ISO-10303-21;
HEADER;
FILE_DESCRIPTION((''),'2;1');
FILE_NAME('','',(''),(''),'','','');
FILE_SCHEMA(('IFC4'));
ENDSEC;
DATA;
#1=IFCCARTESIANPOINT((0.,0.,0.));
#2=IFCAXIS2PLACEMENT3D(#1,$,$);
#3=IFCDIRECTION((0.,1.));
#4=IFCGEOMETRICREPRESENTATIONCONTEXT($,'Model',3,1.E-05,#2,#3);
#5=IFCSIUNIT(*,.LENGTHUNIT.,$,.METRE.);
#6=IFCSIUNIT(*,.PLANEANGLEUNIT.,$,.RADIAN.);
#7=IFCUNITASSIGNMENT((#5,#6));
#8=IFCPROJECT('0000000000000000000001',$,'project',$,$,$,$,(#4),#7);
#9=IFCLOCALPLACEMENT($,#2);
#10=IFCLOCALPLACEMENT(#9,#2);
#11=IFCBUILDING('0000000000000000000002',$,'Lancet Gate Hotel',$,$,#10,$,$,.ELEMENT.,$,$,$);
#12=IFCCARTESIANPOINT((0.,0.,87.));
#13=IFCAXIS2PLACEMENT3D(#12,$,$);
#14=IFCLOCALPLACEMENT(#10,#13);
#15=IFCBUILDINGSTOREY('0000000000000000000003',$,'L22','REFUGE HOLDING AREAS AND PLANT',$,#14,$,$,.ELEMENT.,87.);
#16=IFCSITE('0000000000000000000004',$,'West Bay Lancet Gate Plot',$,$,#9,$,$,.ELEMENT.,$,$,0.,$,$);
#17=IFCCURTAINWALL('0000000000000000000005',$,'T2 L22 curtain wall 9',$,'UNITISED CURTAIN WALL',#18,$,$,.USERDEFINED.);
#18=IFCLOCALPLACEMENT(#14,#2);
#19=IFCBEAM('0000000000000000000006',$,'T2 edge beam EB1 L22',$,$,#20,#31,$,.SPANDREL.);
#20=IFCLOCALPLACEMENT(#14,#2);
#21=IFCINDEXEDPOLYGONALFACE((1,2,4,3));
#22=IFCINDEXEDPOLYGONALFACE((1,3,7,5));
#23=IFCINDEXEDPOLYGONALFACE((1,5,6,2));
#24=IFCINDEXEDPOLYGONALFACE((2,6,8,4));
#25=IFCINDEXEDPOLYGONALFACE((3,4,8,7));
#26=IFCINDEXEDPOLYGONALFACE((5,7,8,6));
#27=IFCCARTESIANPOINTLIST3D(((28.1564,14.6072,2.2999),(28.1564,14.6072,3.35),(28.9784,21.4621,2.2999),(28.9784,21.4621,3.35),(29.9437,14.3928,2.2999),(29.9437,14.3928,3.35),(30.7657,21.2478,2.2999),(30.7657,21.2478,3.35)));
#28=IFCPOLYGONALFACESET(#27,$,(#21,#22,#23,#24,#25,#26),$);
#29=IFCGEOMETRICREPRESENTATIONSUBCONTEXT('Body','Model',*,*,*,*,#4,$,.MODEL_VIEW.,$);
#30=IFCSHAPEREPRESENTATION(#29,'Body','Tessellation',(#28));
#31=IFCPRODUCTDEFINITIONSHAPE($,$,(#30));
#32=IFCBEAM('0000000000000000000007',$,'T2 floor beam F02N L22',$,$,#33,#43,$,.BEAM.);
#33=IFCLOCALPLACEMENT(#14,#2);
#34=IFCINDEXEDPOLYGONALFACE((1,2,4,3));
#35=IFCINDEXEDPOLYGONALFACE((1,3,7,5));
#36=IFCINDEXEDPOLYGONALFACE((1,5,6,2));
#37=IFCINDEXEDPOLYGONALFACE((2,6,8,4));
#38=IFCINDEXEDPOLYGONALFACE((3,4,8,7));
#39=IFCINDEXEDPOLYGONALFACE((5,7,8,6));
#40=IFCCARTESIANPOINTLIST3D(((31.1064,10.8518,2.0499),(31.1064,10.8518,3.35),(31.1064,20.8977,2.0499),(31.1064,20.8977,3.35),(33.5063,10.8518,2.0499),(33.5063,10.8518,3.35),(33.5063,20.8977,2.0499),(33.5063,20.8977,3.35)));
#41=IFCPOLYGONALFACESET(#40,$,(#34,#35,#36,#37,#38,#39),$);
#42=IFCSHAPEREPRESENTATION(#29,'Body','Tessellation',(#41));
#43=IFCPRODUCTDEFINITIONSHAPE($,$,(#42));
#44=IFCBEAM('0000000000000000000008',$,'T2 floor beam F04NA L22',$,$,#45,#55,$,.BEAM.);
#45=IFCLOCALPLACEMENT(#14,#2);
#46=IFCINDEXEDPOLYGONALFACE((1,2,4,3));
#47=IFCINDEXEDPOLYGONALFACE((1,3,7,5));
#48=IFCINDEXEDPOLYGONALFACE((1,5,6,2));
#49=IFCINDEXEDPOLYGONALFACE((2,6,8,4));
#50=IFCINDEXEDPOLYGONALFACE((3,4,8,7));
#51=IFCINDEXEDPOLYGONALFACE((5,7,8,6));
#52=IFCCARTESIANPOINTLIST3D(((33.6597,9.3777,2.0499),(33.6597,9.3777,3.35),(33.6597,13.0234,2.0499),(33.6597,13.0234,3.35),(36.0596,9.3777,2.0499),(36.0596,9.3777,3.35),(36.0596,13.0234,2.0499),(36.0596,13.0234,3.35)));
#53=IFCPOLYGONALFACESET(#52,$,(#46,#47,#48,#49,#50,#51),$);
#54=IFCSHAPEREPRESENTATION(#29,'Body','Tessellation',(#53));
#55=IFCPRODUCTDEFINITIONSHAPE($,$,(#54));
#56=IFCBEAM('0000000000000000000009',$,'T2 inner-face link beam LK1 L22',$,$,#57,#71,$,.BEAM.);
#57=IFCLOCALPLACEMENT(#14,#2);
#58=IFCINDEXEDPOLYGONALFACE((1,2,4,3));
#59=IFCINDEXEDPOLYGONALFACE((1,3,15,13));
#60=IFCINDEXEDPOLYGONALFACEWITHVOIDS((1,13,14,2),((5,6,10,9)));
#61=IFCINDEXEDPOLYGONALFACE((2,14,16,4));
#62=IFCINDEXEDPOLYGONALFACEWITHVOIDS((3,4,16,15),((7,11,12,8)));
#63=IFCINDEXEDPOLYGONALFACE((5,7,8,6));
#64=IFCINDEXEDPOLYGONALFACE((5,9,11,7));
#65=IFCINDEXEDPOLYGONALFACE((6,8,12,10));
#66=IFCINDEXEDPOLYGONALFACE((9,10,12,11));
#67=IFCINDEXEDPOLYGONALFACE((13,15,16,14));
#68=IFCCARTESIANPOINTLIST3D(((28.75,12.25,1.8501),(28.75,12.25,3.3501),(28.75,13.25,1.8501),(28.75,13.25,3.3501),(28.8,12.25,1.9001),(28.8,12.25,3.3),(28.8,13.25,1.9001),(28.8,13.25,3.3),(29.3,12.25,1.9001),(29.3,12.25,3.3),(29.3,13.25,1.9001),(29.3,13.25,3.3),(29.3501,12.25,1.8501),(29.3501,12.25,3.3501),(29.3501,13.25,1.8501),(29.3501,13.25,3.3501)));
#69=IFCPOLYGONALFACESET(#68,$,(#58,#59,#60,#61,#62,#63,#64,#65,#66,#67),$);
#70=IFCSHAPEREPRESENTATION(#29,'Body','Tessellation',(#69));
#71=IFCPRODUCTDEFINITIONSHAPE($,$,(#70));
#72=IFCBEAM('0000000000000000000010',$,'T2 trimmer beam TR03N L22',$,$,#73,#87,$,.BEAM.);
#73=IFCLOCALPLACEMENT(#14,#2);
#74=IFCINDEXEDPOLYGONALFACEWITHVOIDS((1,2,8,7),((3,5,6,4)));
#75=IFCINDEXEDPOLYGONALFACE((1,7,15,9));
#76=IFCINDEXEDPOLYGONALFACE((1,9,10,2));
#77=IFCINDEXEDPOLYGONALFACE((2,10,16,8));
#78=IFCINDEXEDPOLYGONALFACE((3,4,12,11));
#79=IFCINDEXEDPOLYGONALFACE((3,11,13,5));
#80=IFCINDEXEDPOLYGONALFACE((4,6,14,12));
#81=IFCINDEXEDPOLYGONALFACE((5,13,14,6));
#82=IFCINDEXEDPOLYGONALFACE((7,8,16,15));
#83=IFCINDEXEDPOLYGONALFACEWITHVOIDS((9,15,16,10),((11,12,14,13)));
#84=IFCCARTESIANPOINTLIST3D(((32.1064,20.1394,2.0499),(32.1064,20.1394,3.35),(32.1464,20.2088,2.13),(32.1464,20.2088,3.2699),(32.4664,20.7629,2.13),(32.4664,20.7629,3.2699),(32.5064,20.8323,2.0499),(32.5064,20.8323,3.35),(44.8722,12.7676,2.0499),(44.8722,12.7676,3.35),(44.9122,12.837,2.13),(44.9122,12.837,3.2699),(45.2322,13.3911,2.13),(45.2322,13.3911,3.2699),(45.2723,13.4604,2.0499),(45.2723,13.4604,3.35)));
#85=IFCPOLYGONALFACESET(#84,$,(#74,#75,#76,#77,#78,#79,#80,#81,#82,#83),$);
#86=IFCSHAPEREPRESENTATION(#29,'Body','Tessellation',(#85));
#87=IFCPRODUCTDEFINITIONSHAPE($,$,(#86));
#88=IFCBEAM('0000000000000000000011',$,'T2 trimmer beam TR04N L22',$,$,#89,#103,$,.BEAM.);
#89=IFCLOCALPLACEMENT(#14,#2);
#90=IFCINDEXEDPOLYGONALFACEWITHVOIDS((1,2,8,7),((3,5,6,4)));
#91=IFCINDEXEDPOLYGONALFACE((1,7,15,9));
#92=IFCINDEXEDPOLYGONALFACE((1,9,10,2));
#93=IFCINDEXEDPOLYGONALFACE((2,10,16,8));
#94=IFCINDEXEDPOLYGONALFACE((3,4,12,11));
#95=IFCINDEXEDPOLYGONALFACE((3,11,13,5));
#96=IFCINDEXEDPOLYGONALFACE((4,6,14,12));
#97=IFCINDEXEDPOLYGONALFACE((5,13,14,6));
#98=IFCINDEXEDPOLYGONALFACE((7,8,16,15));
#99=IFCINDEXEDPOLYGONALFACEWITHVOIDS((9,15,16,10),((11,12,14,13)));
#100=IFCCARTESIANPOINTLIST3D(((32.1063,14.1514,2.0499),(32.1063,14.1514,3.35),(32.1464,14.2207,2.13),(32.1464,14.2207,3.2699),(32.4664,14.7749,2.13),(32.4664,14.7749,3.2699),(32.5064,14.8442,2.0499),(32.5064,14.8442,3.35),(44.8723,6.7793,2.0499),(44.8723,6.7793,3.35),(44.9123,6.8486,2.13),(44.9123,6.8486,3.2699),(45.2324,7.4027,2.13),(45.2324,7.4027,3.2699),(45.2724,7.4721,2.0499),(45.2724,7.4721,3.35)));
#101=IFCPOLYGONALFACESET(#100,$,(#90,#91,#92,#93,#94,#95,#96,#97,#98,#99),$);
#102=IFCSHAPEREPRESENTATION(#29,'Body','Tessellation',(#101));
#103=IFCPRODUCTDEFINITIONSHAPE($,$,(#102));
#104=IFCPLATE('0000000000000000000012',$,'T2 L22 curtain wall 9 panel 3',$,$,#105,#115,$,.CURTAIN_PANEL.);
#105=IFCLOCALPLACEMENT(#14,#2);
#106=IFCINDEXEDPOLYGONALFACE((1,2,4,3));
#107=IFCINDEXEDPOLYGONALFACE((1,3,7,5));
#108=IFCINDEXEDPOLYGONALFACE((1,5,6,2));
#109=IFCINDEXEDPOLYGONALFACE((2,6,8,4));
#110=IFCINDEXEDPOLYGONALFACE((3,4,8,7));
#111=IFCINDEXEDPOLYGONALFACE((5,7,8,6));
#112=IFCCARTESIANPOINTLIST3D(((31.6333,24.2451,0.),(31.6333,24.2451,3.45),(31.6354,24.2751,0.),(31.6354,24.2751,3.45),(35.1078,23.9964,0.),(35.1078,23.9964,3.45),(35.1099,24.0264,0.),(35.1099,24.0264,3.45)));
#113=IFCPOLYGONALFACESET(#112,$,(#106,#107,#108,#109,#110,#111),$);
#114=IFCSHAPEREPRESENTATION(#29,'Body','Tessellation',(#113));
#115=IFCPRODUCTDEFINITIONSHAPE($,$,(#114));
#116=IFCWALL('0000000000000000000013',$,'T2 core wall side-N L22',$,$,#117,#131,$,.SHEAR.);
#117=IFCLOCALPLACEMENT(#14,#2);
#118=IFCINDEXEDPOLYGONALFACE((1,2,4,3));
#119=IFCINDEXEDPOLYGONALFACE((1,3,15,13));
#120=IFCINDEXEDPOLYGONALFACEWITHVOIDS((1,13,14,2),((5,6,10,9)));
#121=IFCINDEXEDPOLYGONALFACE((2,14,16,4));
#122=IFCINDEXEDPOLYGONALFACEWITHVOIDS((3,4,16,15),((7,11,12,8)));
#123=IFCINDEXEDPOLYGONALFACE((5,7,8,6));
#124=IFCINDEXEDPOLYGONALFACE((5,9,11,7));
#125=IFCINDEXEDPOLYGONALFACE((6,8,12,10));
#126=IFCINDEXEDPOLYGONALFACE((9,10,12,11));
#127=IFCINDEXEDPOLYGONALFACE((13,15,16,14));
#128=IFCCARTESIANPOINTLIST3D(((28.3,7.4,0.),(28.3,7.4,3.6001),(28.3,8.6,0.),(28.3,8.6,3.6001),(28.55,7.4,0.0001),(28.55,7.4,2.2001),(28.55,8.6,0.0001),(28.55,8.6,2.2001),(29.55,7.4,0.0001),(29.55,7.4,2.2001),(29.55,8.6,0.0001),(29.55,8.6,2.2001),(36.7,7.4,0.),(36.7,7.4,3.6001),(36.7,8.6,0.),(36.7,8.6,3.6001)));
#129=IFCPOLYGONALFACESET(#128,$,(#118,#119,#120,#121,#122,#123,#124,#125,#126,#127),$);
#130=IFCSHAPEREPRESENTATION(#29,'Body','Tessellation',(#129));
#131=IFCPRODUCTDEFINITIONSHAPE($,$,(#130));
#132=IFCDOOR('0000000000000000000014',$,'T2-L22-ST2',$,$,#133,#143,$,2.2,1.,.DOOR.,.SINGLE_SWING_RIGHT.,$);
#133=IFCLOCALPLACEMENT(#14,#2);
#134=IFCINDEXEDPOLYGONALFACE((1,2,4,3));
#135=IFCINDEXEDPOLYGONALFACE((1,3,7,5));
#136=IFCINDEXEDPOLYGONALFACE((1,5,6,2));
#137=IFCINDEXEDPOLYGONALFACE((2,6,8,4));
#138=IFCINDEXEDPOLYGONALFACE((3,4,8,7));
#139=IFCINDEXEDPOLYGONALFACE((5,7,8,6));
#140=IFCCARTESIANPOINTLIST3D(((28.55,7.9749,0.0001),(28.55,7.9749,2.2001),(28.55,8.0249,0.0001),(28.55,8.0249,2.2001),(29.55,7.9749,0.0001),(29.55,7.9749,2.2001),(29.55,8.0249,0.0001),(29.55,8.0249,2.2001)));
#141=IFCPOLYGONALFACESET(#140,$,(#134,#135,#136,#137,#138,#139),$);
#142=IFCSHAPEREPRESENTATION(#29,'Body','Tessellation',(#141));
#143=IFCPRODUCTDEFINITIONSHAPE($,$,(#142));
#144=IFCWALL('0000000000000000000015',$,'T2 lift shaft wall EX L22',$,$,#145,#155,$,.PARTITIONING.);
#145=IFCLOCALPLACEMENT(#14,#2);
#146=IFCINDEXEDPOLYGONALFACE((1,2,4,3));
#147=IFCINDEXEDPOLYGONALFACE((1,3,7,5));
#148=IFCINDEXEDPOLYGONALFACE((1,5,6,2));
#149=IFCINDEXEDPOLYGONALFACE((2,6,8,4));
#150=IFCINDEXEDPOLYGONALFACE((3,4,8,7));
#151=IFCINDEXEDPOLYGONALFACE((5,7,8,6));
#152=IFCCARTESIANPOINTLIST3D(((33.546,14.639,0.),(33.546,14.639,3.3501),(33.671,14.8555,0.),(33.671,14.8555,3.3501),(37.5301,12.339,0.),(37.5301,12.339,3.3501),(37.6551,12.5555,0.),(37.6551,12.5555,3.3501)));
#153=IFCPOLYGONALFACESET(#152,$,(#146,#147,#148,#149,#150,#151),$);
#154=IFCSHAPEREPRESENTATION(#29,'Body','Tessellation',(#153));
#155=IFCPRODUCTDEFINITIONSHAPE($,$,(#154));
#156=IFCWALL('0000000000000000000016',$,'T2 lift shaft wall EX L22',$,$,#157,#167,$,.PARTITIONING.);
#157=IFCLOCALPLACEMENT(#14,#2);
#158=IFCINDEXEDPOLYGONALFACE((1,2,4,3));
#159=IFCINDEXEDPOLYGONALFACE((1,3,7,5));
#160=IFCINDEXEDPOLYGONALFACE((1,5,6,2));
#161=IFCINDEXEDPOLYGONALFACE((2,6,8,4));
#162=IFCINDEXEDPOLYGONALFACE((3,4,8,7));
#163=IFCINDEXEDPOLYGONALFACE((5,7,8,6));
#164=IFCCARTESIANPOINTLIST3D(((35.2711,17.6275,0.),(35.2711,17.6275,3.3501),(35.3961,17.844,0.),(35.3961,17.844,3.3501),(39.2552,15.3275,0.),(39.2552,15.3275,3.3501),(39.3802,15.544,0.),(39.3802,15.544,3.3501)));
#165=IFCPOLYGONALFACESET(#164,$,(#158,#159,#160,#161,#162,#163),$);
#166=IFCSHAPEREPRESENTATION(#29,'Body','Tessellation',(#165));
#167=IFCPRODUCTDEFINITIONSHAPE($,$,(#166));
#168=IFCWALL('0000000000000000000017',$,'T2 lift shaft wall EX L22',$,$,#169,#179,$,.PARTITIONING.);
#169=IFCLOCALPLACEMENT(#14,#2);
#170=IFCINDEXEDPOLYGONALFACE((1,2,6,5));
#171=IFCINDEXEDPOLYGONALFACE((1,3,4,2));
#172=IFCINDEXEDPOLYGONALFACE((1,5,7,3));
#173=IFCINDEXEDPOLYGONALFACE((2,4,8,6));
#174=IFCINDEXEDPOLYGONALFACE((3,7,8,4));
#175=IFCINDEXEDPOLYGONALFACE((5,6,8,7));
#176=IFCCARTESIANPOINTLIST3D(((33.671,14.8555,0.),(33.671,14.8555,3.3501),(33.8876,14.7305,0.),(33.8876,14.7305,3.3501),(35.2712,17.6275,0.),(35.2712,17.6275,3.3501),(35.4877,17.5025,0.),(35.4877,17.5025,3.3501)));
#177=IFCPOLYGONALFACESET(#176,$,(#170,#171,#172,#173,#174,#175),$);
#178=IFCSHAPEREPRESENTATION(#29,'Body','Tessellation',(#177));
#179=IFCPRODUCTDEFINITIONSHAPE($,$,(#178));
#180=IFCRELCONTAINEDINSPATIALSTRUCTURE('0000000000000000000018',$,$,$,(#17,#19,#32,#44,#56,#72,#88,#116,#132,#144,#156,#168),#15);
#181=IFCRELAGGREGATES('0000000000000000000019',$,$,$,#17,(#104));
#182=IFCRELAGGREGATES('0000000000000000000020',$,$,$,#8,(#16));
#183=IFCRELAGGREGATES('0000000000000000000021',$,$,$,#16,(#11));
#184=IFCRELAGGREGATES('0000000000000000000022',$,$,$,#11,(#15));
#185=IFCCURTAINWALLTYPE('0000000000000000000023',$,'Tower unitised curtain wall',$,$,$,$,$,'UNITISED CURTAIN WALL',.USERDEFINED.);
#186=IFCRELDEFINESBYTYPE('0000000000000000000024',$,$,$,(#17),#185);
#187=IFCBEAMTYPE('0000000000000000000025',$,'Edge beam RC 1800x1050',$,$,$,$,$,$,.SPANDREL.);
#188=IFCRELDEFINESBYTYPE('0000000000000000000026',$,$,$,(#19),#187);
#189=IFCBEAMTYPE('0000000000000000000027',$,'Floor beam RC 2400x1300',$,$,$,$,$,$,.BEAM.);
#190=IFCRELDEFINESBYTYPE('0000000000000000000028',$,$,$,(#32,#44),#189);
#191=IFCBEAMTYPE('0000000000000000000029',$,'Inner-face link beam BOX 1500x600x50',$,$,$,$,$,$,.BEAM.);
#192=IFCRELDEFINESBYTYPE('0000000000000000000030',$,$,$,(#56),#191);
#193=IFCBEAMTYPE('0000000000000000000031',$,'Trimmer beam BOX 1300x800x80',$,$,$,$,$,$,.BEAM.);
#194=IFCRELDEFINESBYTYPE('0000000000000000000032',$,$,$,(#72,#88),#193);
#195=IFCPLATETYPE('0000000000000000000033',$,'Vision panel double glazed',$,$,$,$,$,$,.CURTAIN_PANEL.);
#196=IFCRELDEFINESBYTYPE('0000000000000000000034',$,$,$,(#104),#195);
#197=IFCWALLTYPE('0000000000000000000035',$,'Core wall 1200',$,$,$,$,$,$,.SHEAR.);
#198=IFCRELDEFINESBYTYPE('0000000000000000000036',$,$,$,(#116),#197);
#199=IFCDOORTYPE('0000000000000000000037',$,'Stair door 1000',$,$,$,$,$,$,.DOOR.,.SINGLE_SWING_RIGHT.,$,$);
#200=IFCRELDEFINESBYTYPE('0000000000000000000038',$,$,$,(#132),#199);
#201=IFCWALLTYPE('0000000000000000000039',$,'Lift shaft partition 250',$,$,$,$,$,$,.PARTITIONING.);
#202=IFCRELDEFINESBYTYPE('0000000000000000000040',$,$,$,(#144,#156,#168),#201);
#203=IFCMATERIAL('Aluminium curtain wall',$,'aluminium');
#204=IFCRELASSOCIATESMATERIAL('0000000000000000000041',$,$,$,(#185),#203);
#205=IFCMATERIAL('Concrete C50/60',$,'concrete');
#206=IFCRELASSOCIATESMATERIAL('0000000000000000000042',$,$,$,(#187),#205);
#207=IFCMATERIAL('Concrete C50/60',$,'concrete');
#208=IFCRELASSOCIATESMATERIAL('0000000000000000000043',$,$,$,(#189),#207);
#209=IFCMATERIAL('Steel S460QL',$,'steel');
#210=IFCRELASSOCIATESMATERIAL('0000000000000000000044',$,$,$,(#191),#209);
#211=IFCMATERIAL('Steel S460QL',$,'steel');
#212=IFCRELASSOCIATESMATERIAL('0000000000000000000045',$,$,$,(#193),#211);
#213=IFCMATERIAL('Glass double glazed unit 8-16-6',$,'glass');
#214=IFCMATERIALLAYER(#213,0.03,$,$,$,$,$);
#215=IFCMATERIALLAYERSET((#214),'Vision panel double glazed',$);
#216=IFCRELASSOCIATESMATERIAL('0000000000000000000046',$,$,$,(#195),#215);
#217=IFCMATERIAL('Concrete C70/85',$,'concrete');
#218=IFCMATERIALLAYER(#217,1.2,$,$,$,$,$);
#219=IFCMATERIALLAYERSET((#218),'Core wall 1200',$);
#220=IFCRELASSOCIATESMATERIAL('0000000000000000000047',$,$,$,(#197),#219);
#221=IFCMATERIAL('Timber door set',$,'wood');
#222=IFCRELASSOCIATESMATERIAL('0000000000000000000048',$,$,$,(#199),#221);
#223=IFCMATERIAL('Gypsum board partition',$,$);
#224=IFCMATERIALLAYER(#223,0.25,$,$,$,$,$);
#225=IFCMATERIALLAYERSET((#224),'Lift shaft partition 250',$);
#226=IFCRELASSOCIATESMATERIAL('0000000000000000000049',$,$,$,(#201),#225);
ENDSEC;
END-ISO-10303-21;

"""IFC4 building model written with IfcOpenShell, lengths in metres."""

from ifc_helpers import new_model, si_unit, direction, frame, frame_2d, origin, origin_2d, place, context, subcontext, project, spatial, rectangle, hollow_rectangle, extrude, material, layer, layer_set, material_profile, profile_set, type_object, element, fill, aggregate, save


model = new_model("IFC4")

# Units and contexts
model_context = context("Model", 3, precision=1e-05, world=origin(), true_north=direction((0.0, 1.0)))
body_context = subcontext(model_context, "Body", "Model", "MODEL_VIEW")
ifc_project = project(units=[si_unit("LENGTHUNIT", "METRE"), si_unit("PLANEANGLEUNIT", "RADIAN")], contexts=[model_context])

# Site, building, storey
site_placement = place(None, origin())
site = spatial("IfcSite", under=ifc_project, at=site_placement, Name="West Bay Lancet Gate Plot", CompositionType="ELEMENT", RefElevation=0.0)
building_placement = place(site_placement, origin())
building = spatial("IfcBuilding", under=site, at=building_placement, Name="Lancet Gate Hotel", CompositionType="ELEMENT")
storey_placement = place(building_placement, frame((0.0, 0.0, 87.0)))
storey = spatial("IfcBuildingStorey", under=building, at=storey_placement, Name="L22", Description="REFUGE HOLDING AREAS AND PLANT", CompositionType="ELEMENT", Elevation=87.0)

# Curtain wall
ifc_material_1 = material(Name="Aluminium curtain wall", Category="aluminium")
curtain_wall_type = type_object("IfcCurtainWallType", Name="Tower unitised curtain wall", ElementType="UNITISED CURTAIN WALL", PredefinedType="USERDEFINED", material=ifc_material_1)
curtain_wall_1_placement = place(storey_placement, origin())
curtain_wall_1 = element("IfcCurtainWall", 1, at=curtain_wall_1_placement, inside=storey, type_object=curtain_wall_type, Name="T2 L22 curtain wall 9", ObjectType="UNITISED CURTAIN WALL", PredefinedType="USERDEFINED")

# Beams
ifc_material_2 = material(Name="Concrete C50/60", Category="concrete")
ifc_material_profile_1 = material_profile(ifc_material_2, rectangle(XDim=1.8, YDim=1.05, at=origin_2d()), Name="RC 1800x1050")
ifc_profile_set_1 = profile_set([ifc_material_profile_1], Name="Concrete C50/60")
beam_type_1 = type_object("IfcBeamType", Name="Edge beam RC 1800x1050", PredefinedType="SPANDREL", material=ifc_profile_set_1)
beam_1_placement = place(storey_placement, frame((29.05, 14.5, 2.825), z_axis=(0.119063, 0.992887, 0.0), x_axis=(-0.992887, 0.119063, 0.0)))
element("IfcBeam", 2, at=beam_1_placement, inside=storey, type_object=beam_type_1, Name="T2 edge beam EB1 L22", PredefinedType="SPANDREL", context=body_context, shape_type="SweptSolid", body=[
    extrude(rectangle(XDim=1.8, YDim=1.05, at=origin_2d()), origin(), (0.0, 0.0, 1.0), 6.9041),
])
ifc_material_3 = material(Name="Concrete C50/60", Category="concrete")
ifc_material_profile_2 = material_profile(ifc_material_3, rectangle(XDim=2.3999, YDim=1.3, at=origin_2d()), Name="RC 2400x1300")
ifc_profile_set_2 = profile_set([ifc_material_profile_2], Name="Concrete C50/60")
beam_type_2 = type_object("IfcBeamType", Name="Floor beam RC 2400x1300", PredefinedType="BEAM", material=ifc_profile_set_2)
beam_2_placement = place(storey_placement, frame((32.3064, 10.8518, 2.7), z_axis=(0.0, 1.0, 0.0), x_axis=(-1.0, 0.0, 0.0)))
element("IfcBeam", 3, at=beam_2_placement, inside=storey, type_object=beam_type_2, Name="T2 floor beam F02N L22", PredefinedType="BEAM", context=body_context, shape_type="SweptSolid", body=[
    extrude(rectangle(XDim=2.3999, YDim=1.3, at=origin_2d()), origin(), (0.0, 0.0, 1.0), 10.0459),
])
beam_3_placement = place(storey_placement, frame((34.8596, 9.3777, 2.7), z_axis=(0.0, 1.0, 0.0), x_axis=(-1.0, 0.0, 0.0)))
element("IfcBeam", 4, at=beam_3_placement, inside=storey, type_object=beam_type_2, Name="T2 floor beam F04NA L22", PredefinedType="BEAM", context=body_context, shape_type="SweptSolid", body=[
    extrude(rectangle(XDim=2.3999, YDim=1.3, at=origin_2d()), origin(), (0.0, 0.0, 1.0), 3.6458),
])
ifc_material_4 = material(Name="Steel S460QL", Category="steel")
ifc_material_profile_3 = material_profile(ifc_material_4, hollow_rectangle(XDim=0.6001, YDim=1.5, WallThickness=0.05, at=origin_2d()), Name="BOX 1500x600x50")
ifc_profile_set_3 = profile_set([ifc_material_profile_3], Name="Steel S460QL")
beam_type_3 = type_object("IfcBeamType", Name="Inner-face link beam BOX 1500x600x50", PredefinedType="BEAM", material=ifc_profile_set_3)
beam_4_placement = place(storey_placement, frame((29.05, 12.25, 2.6001), z_axis=(0.0, 1.0, 0.0), x_axis=(-1.0, 0.0, 0.0)))
element("IfcBeam", 5, at=beam_4_placement, inside=storey, type_object=beam_type_3, Name="T2 inner-face link beam LK1 L22", PredefinedType="BEAM", context=body_context, shape_type="SweptSolid", body=[
    extrude(hollow_rectangle(XDim=0.6001, YDim=1.5, WallThickness=0.05, at=origin_2d()), origin(), (0.0, 0.0, 1.0), 1.0),
])
ifc_material_5 = material(Name="Steel S460QL", Category="steel")
ifc_material_profile_4 = material_profile(ifc_material_5, hollow_rectangle(XDim=0.8, YDim=1.3, WallThickness=0.0801, at=origin_2d()), Name="BOX 1300x800x80")
ifc_profile_set_4 = profile_set([ifc_material_profile_4], Name="Steel S460QL")
beam_type_4 = type_object("IfcBeamType", Name="Trimmer beam BOX 1300x800x80", PredefinedType="BEAM", material=ifc_profile_set_4)
beam_5_placement = place(storey_placement, frame((32.3064, 20.4858, 2.7), z_axis=(0.865983, -0.500074, 0.0), x_axis=(0.500074, 0.865983, 0.0)))
element("IfcBeam", 6, at=beam_5_placement, inside=storey, type_object=beam_type_4, Name="T2 trimmer beam TR03N L22", PredefinedType="BEAM", context=body_context, shape_type="SweptSolid", body=[
    extrude(hollow_rectangle(XDim=0.8, YDim=1.3, WallThickness=0.0801, at=origin_2d()), origin(), (0.0, 0.0, 1.0), 14.7415),
])
beam_6_placement = place(storey_placement, frame((32.3064, 14.4978, 2.7), z_axis=(0.865976, -0.500086, 0.0), x_axis=(0.500086, 0.865976, 0.0)))
element("IfcBeam", 7, at=beam_6_placement, inside=storey, type_object=beam_type_4, Name="T2 trimmer beam TR04N L22", PredefinedType="BEAM", context=body_context, shape_type="SweptSolid", body=[
    extrude(hollow_rectangle(XDim=0.8, YDim=1.3, WallThickness=0.0801, at=origin_2d()), origin(), (0.0, 0.0, 1.0), 14.7417),
])

# Plate
ifc_material_6 = material(Name="Glass double glazed unit 8-16-6", Category="glass")
ifc_layer_1 = layer(ifc_material_6, 0.03)
ifc_layer_set_1 = layer_set([ifc_layer_1], Name="Vision panel double glazed")
plate_type = type_object("IfcPlateType", Name="Vision panel double glazed", PredefinedType="CURTAIN_PANEL", material=ifc_layer_set_1)
plate_placement = place(storey_placement, frame((33.3716, 24.1357, 0.0), z_axis=(0.0, 0.0, 1.0), x_axis=(-0.997448, 0.07139, 0.0)))
plate = element("IfcPlate", 8, at=plate_placement, type_object=plate_type, Name="T2 L22 curtain wall 9 panel 3", PredefinedType="CURTAIN_PANEL", context=body_context, shape_type="SweptSolid", body=[
    extrude(rectangle(XDim=3.4834, YDim=0.03, at=origin_2d()), origin(), (0.0, 0.0, 1.0), 3.45),
])
aggregate(curtain_wall_1, [plate])

# Wall, opening, door
ifc_material_7 = material(Name="Concrete C70/85", Category="concrete")
ifc_layer_2 = layer(ifc_material_7, 1.2)
ifc_layer_set_2 = layer_set([ifc_layer_2], Name="Core wall 1200")
wall_type_1 = type_object("IfcWallType", Name="Core wall 1200", PredefinedType="SHEAR", material=ifc_layer_set_2)
wall_1_placement = place(storey_placement, frame((28.3, 8.0, 0.0), z_axis=(0.0, 0.0, 1.0), x_axis=(1.0, 0.0, 0.0)))
wall_1 = element("IfcWall", 9, at=wall_1_placement, inside=storey, type_object=wall_type_1, Name="T2 core wall side-N L22", PredefinedType="SHEAR", context=body_context, shape_type="SweptSolid", body=[
    extrude(rectangle(XDim=8.3999, YDim=1.2, at=frame_2d((4.2, 0.0))), origin(), (0.0, 0.0, 1.0), 3.6001),
])
opening_1_placement = place(wall_1_placement, frame((0.25, 0.0, 0.0)))
opening_1 = element("IfcOpeningElement", 10, at=opening_1_placement, cuts=wall_1, PredefinedType="OPENING", context=body_context, shape_type="SweptSolid", body=[
    extrude(rectangle(XDim=1.0, YDim=2.2, at=frame_2d((0.5, 1.1001))), frame((0.0, 0.6099, 0.0), z_axis=(0.0, -1.0, 0.0), x_axis=(1.0, 0.0, 0.0)), (0.0, 0.0, 1.0), 1.22),
])
ifc_material_8 = material(Name="Timber door set", Category="wood")
door_type_1 = type_object("IfcDoorType", Name="Stair door 1000", OperationType="SINGLE_SWING_RIGHT", PredefinedType="DOOR", material=ifc_material_8)
door_1_placement = place(opening_1_placement, origin())
door_1 = element("IfcDoor", 11, at=door_1_placement, inside=storey, type_object=door_type_1, Name="T2-L22-ST2", OperationType="SINGLE_SWING_RIGHT", OverallHeight=2.2, OverallWidth=1.0, PredefinedType="DOOR", context=body_context, shape_type="SweptSolid", body=[
    extrude(rectangle(XDim=1.0, YDim=2.2, at=frame_2d((0.5, 1.1001))), frame((0.0, 0.0249, 0.0), z_axis=(0.0, -1.0, 0.0), x_axis=(1.0, 0.0, 0.0)), (0.0, 0.0, 1.0), 0.05),
])
fill(opening_1, door_1)

# Walls
ifc_material_9 = material(Name="Gypsum board partition")
ifc_layer_3 = layer(ifc_material_9, 0.25)
ifc_layer_set_3 = layer_set([ifc_layer_3], Name="Lift shaft partition 250")
wall_type_2 = type_object("IfcWallType", Name="Lift shaft partition 250", PredefinedType="PARTITIONING", material=ifc_layer_set_3)
for number, where, z_axis, x_axis, name in (
    (12, (33.6084, 14.7473, 0.0), (0.0, 0.0, 1.0), (0.866043, -0.499969, 0.0), "T2 lift shaft wall EX L22"),
    (13, (35.3335, 17.7358, 0.0), (0.0, 0.0, 1.0), (0.866043, -0.499969, 0.0), "T2 lift shaft wall EX L22"),
):
    element("IfcWall", number, at=place(storey_placement, frame(where, z_axis=z_axis, x_axis=x_axis)), inside=storey, type_object=wall_type_2, Name=name, PredefinedType="PARTITIONING", context=body_context, shape_type="SweptSolid", body=[
        extrude(rectangle(XDim=4.6003, YDim=0.25, at=frame_2d((2.3003, 0.0))), origin(), (0.0, 0.0, 1.0), 3.3501),
    ])
wall_2_placement = place(storey_placement, frame((33.7793, 14.793, 0.0), z_axis=(0.0, 0.0, 1.0), x_axis=(0.499929, 0.866066, 0.0)))
element("IfcWall", 14, at=wall_2_placement, inside=storey, type_object=wall_type_2, Name="T2 lift shaft wall EX L22", PredefinedType="PARTITIONING", context=body_context, shape_type="SweptSolid", body=[
    extrude(rectangle(XDim=3.2007, YDim=0.25, at=frame_2d((1.6003, 0.0))), origin(), (0.0, 0.0, 1.0), 3.3501),
])

save(model, "model.ifc")
